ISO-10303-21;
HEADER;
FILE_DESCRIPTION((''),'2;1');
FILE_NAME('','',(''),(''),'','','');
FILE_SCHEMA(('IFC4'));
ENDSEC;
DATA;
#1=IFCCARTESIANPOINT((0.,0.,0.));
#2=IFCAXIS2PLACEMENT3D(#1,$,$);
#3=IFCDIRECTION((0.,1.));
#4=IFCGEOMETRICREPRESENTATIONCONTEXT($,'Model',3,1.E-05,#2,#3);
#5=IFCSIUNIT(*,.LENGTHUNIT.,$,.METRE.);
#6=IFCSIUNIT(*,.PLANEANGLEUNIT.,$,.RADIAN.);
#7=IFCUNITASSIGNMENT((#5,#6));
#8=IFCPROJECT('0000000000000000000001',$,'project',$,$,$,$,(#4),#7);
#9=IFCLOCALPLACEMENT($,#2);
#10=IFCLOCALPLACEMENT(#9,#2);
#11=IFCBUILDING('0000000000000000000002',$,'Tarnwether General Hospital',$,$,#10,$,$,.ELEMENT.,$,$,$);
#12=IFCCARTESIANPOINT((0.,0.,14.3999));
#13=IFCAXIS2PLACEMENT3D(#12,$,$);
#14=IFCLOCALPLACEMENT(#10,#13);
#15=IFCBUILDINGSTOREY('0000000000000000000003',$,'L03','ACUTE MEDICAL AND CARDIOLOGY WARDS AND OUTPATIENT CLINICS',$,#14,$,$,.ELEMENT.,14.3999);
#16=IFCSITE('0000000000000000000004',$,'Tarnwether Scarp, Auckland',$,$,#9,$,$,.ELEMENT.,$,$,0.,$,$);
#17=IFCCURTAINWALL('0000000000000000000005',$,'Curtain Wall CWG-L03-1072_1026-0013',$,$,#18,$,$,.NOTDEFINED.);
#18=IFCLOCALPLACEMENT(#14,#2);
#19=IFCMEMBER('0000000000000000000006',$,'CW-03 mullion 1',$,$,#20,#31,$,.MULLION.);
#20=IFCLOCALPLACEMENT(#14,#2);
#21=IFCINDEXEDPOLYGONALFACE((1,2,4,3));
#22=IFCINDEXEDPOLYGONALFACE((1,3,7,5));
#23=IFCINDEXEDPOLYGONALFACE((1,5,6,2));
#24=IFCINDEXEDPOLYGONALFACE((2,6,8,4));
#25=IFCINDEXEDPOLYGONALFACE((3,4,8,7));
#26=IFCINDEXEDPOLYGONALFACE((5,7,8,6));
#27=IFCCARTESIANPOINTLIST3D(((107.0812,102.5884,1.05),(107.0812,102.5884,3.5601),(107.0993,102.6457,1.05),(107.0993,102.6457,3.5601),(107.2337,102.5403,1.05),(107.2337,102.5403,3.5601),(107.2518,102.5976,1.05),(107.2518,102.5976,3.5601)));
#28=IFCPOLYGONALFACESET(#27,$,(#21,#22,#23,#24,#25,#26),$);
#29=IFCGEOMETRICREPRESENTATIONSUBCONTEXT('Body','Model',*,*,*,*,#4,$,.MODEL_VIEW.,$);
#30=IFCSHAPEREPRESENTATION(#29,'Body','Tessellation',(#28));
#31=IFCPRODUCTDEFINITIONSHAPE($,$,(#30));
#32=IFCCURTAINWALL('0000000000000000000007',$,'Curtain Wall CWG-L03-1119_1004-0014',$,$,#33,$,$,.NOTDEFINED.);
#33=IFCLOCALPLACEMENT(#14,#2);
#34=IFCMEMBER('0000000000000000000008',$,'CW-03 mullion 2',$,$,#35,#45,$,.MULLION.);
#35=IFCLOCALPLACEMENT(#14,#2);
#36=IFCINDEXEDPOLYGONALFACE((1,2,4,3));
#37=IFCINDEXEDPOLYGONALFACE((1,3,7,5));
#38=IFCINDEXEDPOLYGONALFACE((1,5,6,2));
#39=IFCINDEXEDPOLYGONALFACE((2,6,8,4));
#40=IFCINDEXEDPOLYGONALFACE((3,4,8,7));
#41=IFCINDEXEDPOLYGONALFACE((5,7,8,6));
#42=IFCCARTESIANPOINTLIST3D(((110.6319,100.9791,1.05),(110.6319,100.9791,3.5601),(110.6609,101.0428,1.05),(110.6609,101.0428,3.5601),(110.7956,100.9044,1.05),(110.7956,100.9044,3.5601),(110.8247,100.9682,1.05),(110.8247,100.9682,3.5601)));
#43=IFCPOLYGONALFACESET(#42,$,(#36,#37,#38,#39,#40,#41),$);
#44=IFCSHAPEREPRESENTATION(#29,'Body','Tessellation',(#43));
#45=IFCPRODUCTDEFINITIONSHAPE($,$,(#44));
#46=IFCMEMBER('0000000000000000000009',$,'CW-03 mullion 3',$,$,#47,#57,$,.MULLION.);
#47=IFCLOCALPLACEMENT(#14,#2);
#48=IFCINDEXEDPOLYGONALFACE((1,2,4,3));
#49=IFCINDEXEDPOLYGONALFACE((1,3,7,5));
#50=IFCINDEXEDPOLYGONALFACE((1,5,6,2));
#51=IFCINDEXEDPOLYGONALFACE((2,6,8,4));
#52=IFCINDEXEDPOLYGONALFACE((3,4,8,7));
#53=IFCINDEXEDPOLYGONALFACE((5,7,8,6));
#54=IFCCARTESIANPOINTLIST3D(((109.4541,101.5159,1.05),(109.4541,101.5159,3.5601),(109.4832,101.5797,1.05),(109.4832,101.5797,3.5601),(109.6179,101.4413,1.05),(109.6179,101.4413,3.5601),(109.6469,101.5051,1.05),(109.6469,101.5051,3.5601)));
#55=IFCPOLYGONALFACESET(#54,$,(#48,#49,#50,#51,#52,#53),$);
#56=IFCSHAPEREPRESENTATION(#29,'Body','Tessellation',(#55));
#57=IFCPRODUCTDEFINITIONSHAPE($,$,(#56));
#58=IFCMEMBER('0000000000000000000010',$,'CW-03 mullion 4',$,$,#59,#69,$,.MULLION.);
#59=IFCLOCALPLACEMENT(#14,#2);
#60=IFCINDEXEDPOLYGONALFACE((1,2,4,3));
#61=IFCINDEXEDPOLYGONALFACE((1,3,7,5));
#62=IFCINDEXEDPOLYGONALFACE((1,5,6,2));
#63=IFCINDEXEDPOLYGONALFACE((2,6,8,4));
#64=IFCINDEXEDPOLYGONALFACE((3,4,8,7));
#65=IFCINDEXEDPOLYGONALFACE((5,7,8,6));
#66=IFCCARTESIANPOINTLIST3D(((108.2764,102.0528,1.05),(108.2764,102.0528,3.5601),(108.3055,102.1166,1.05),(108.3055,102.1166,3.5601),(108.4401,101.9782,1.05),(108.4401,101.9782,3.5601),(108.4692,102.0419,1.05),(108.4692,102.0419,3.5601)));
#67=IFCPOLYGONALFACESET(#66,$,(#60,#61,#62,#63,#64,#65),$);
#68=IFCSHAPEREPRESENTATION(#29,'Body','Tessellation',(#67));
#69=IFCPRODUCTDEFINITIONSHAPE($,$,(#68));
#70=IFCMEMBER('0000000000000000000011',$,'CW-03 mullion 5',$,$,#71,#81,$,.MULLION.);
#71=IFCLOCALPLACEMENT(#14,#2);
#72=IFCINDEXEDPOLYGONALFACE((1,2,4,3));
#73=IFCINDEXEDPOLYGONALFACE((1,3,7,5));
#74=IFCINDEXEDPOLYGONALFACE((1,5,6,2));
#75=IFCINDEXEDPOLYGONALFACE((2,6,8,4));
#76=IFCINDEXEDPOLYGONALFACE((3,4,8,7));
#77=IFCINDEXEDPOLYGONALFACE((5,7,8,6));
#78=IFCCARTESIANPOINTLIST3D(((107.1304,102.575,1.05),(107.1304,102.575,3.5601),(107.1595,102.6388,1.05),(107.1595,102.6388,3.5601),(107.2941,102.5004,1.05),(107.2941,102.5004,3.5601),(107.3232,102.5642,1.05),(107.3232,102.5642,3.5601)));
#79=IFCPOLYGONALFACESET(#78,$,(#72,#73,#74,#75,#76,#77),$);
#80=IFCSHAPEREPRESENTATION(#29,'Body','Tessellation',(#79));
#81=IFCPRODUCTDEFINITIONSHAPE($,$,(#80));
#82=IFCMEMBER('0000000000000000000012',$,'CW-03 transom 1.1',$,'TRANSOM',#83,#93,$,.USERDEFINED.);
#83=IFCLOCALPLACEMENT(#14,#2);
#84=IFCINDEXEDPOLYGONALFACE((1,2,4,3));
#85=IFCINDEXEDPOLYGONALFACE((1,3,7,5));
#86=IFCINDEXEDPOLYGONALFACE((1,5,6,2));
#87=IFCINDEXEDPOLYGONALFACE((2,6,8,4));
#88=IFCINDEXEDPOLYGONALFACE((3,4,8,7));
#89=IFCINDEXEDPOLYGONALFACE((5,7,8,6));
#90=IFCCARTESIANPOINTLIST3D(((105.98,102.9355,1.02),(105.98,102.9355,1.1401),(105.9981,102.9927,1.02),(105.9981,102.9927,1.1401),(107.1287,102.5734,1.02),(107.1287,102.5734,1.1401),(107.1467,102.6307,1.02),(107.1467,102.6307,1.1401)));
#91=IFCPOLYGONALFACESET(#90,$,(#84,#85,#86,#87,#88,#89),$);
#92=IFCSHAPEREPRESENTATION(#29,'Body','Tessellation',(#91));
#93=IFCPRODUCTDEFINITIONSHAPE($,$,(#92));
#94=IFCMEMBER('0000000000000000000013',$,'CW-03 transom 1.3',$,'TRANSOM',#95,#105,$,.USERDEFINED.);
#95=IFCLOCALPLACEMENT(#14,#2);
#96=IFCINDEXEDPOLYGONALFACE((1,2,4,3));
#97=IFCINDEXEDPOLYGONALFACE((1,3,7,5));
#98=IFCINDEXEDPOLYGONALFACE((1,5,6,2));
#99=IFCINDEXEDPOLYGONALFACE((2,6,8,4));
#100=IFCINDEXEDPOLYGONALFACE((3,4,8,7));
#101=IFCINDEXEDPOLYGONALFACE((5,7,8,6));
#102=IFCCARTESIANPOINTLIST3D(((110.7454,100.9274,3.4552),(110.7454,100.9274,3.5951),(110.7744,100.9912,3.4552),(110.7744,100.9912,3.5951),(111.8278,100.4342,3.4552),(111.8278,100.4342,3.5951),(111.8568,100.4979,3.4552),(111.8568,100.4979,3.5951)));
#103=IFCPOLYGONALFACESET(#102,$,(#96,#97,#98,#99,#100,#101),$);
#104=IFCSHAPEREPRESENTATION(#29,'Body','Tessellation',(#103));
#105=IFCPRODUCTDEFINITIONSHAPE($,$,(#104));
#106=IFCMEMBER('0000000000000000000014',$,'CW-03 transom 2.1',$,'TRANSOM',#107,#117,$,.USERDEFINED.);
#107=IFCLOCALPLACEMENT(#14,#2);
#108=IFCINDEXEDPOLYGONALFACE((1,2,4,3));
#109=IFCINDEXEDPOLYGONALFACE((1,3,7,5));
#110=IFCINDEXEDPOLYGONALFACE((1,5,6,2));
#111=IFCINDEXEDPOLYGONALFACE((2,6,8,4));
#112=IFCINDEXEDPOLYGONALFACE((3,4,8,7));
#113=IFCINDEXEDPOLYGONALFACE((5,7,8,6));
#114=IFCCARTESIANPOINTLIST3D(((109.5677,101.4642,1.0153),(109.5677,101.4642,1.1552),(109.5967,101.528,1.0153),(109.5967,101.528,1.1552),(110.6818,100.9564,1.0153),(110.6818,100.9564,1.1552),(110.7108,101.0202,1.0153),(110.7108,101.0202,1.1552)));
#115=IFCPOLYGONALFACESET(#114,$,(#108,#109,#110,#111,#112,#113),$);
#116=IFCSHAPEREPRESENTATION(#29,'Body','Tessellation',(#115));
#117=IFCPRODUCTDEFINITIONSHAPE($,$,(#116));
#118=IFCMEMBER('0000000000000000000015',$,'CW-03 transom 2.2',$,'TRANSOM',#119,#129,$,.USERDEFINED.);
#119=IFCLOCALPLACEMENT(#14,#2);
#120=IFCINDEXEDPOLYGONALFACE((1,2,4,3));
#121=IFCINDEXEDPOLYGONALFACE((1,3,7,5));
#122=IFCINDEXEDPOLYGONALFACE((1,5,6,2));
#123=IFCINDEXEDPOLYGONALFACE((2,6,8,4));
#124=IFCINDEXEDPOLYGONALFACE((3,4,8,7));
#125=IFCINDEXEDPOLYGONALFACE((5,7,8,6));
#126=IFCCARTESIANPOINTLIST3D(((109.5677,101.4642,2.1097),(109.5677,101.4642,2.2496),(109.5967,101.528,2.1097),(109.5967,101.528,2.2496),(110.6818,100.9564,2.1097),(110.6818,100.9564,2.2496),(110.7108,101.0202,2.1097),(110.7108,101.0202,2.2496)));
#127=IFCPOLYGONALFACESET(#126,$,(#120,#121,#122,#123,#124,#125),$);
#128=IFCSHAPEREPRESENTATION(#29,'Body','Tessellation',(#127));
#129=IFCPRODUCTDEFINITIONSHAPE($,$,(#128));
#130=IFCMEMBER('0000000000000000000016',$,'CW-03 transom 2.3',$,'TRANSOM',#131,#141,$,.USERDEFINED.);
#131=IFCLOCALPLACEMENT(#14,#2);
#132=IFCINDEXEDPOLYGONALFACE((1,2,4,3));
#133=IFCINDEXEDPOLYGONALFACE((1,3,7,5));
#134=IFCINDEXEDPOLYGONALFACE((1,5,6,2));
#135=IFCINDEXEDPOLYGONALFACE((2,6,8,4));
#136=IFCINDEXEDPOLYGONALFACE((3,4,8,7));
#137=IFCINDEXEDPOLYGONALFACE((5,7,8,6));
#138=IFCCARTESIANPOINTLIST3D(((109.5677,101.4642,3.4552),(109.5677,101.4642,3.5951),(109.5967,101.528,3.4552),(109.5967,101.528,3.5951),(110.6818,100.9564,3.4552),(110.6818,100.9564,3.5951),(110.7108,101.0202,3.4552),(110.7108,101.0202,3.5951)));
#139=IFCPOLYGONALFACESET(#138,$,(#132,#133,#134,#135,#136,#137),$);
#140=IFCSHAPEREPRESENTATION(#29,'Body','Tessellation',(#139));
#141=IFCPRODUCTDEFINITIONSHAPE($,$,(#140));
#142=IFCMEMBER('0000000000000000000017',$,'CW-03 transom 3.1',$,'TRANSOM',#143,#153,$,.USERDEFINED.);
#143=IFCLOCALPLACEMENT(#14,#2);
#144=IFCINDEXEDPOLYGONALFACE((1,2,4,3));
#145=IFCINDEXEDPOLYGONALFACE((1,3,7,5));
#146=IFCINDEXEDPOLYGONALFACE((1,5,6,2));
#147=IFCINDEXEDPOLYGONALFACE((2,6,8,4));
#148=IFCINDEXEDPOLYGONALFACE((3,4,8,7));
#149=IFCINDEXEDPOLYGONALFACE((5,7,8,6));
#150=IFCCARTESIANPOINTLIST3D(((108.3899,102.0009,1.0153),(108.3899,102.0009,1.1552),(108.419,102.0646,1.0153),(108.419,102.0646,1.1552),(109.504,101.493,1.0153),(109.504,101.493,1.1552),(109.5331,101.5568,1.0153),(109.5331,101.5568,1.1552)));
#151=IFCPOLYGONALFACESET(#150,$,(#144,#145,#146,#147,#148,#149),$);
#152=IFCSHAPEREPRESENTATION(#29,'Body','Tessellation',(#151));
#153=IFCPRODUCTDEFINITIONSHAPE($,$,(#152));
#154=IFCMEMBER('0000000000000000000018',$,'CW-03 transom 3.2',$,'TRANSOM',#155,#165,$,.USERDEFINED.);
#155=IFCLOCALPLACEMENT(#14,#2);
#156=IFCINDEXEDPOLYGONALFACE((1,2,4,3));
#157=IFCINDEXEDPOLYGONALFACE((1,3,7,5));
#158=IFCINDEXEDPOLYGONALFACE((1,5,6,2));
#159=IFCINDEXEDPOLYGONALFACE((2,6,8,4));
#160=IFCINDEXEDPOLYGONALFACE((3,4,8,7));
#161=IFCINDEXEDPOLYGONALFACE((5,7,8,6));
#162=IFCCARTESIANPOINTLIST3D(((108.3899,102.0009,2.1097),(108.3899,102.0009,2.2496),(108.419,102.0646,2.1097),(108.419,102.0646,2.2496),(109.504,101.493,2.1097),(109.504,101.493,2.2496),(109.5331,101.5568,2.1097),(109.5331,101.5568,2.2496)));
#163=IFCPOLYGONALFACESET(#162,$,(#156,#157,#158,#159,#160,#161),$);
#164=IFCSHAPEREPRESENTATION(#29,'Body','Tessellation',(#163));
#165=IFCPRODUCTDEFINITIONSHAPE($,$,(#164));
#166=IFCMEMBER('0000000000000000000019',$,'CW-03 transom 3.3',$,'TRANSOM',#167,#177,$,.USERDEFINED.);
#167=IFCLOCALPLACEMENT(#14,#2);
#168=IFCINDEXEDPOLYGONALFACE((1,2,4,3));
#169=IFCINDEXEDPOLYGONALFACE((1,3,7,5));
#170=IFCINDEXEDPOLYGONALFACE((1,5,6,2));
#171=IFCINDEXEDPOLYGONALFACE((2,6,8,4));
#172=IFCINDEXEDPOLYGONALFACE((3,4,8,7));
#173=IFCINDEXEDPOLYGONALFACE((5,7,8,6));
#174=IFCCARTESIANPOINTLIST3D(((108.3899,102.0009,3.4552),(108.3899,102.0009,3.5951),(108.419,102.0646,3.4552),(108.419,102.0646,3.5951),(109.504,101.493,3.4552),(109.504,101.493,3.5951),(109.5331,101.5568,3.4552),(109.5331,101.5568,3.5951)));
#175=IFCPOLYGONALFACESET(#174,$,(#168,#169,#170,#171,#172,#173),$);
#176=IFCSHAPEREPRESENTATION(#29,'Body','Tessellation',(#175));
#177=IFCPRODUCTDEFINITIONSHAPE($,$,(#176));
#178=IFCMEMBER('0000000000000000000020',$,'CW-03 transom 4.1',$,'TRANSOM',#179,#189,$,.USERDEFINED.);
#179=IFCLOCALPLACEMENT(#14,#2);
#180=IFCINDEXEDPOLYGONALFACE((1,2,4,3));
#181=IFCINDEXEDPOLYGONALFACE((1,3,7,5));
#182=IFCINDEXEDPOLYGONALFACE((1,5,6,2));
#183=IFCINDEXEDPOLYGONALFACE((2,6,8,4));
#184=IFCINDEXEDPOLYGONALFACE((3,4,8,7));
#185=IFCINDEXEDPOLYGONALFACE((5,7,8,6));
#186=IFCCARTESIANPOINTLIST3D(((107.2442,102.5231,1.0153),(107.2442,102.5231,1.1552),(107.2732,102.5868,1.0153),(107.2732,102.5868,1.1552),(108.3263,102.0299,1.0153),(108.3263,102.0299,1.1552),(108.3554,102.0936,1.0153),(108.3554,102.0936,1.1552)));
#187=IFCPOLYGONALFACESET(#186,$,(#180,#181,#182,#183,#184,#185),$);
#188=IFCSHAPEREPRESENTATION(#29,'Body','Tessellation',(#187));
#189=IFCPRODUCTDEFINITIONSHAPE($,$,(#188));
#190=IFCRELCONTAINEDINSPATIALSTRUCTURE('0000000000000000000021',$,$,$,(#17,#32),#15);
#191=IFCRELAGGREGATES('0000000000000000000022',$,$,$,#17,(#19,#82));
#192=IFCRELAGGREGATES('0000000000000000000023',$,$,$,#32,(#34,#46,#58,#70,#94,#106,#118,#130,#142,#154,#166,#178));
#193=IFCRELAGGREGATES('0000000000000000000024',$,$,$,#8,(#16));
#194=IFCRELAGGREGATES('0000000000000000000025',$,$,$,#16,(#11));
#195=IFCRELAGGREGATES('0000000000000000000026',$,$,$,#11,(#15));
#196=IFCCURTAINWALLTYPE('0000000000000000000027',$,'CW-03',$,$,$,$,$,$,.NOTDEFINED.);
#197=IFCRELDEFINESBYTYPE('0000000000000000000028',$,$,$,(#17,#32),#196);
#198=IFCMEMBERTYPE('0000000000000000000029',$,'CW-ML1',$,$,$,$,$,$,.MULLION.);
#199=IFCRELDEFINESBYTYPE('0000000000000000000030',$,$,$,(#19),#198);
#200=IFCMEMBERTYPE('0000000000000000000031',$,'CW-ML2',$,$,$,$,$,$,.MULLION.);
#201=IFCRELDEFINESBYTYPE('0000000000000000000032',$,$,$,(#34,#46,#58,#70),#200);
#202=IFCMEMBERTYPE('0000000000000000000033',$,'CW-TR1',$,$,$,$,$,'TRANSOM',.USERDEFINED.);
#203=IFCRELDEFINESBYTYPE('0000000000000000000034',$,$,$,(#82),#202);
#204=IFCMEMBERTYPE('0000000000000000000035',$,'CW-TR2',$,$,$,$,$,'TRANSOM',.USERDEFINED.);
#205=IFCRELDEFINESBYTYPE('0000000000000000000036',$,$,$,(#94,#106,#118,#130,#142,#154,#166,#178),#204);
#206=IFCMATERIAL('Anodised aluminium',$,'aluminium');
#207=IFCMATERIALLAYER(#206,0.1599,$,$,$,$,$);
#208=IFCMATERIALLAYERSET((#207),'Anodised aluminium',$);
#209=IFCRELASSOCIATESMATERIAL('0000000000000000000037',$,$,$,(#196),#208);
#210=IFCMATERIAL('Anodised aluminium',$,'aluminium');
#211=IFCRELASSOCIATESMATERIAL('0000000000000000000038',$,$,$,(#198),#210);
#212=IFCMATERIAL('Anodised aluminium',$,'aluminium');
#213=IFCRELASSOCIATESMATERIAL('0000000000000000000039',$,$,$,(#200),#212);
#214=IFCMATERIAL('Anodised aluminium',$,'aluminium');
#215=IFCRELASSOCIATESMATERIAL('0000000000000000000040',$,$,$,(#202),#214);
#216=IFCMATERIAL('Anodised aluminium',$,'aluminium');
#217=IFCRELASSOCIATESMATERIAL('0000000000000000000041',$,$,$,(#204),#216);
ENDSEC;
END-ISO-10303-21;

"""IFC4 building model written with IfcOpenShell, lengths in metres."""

from ifc_helpers import new_model, si_unit, direction, frame, origin, origin_2d, place, context, subcontext, project, spatial, rectangle, extrude, material, layer, layer_set, material_profile, profile_set, type_object, element, aggregate, save


model = new_model("IFC4")

# Units and contexts
model_context = context("Model", 3, precision=1e-05, world=origin(), true_north=direction((0.0, 1.0)))
body_context = subcontext(model_context, "Body", "Model", "MODEL_VIEW")
ifc_project = project(units=[si_unit("LENGTHUNIT", "METRE"), si_unit("PLANEANGLEUNIT", "RADIAN")], contexts=[model_context])

# Site, building, storey
site_placement = place(None, origin())
site = spatial("IfcSite", under=ifc_project, at=site_placement, Name="Tarnwether Scarp, Auckland", CompositionType="ELEMENT", RefElevation=0.0)
building_placement = place(site_placement, origin())
building = spatial("IfcBuilding", under=site, at=building_placement, Name="Tarnwether General Hospital", CompositionType="ELEMENT")
storey_placement = place(building_placement, frame((0.0, 0.0, 14.3999)))
storey = spatial("IfcBuildingStorey", under=building, at=storey_placement, Name="L03", Description="ACUTE MEDICAL AND CARDIOLOGY WARDS AND OUTPATIENT CLINICS", CompositionType="ELEMENT", Elevation=14.3999)

# Curtain wall, member
ifc_material_1 = material(Name="Anodised aluminium", Category="aluminium")
ifc_layer_1 = layer(ifc_material_1, 0.1599)
ifc_layer_set_1 = layer_set([ifc_layer_1], Name="Anodised aluminium")
curtain_wall_type = type_object("IfcCurtainWallType", Name="CW-03", PredefinedType="NOTDEFINED", material=ifc_layer_set_1)
curtain_wall_1_placement = place(storey_placement, origin())
curtain_wall_1 = element("IfcCurtainWall", 1, at=curtain_wall_1_placement, inside=storey, type_object=curtain_wall_type, Name="Curtain Wall CWG-L03-1072_1026-0013", PredefinedType="NOTDEFINED")
ifc_material_2 = material(Name="Anodised aluminium", Category="aluminium")
ifc_material_profile_1 = material_profile(ifc_material_2, rectangle(XDim=0.0601, YDim=0.1599, at=origin_2d()), Name="ALU-MUL-60x160")
ifc_profile_set_1 = profile_set([ifc_material_profile_1], Name="Anodised aluminium")
member_type_1 = type_object("IfcMemberType", Name="CW-ML1", PredefinedType="MULLION", material=ifc_profile_set_1)
member_1_placement = place(storey_placement, frame((107.1665, 102.593, 1.05), z_axis=(0.0, 0.0, 1.0), x_axis=(-0.300715, -0.953714, 0.0)))
member_1 = element("IfcMember", 2, at=member_1_placement, type_object=member_type_1, Name="CW-03 mullion 1", PredefinedType="MULLION", context=body_context, shape_type="SweptSolid", body=[
    extrude(rectangle(XDim=0.0601, YDim=0.1599, at=origin_2d()), origin(), (0.0, 0.0, 1.0), 2.51),
])

# Curtain wall, members
curtain_wall_2_placement = place(storey_placement, origin())
curtain_wall_2 = element("IfcCurtainWall", 3, at=curtain_wall_2_placement, inside=storey, type_object=curtain_wall_type, Name="Curtain Wall CWG-L03-1119_1004-0014", PredefinedType="NOTDEFINED")
ifc_material_3 = material(Name="Anodised aluminium", Category="aluminium")
ifc_material_profile_2 = material_profile(ifc_material_3, rectangle(XDim=0.0701, YDim=0.1799, at=origin_2d()), Name="ALU-MUL-70x180")
ifc_profile_set_2 = profile_set([ifc_material_profile_2], Name="Anodised aluminium")
member_type_2 = type_object("IfcMemberType", Name="CW-ML2", PredefinedType="MULLION", material=ifc_profile_set_2)
member_2_placement = place(storey_placement, frame((110.7283, 100.9736, 1.05), z_axis=(0.0, 0.0, 1.0), x_axis=(-0.414705, -0.909956, 0.0)))
member_2 = element("IfcMember", 4, at=member_2_placement, type_object=member_type_2, Name="CW-03 mullion 2", PredefinedType="MULLION", context=body_context, shape_type="SweptSolid", body=[
    extrude(rectangle(XDim=0.0701, YDim=0.1799, at=origin_2d()), origin(), (0.0, 0.0, 1.0), 2.51),
])
member_3_placement = place(storey_placement, frame((109.5505, 101.5105, 1.05), z_axis=(0.0, 0.0, 1.0), x_axis=(-0.414705, -0.909956, 0.0)))
member_3 = element("IfcMember", 5, at=member_3_placement, type_object=member_type_2, Name="CW-03 mullion 3", PredefinedType="MULLION", context=body_context, shape_type="SweptSolid", body=[
    extrude(rectangle(XDim=0.0701, YDim=0.1799, at=origin_2d()), origin(), (0.0, 0.0, 1.0), 2.51),
])
member_4_placement = place(storey_placement, frame((108.3728, 102.0474, 1.05), z_axis=(0.0, 0.0, 1.0), x_axis=(-0.414705, -0.909956, 0.0)))
member_4 = element("IfcMember", 6, at=member_4_placement, type_object=member_type_2, Name="CW-03 mullion 4", PredefinedType="MULLION", context=body_context, shape_type="SweptSolid", body=[
    extrude(rectangle(XDim=0.0701, YDim=0.1799, at=origin_2d()), origin(), (0.0, 0.0, 1.0), 2.51),
])
member_5_placement = place(storey_placement, frame((107.2268, 102.5696, 1.05), z_axis=(0.0, 0.0, 1.0), x_axis=(-0.414705, -0.909956, 0.0)))
member_5 = element("IfcMember", 7, at=member_5_placement, type_object=member_type_2, Name="CW-03 mullion 5", PredefinedType="MULLION", context=body_context, shape_type="SweptSolid", body=[
    extrude(rectangle(XDim=0.0701, YDim=0.1799, at=origin_2d()), origin(), (0.0, 0.0, 1.0), 2.51),
])

# Members
ifc_material_4 = material(Name="Anodised aluminium", Category="aluminium")
ifc_material_profile_3 = material_profile(ifc_material_4, rectangle(XDim=0.0601, YDim=0.1201, at=origin_2d()), Name="ALU-TRN-60x120")
ifc_profile_set_3 = profile_set([ifc_material_profile_3], Name="Anodised aluminium")
member_type_3 = type_object("IfcMemberType", Name="CW-TR1", ElementType="TRANSOM", PredefinedType="USERDEFINED", material=ifc_profile_set_3)
member_6_placement = place(storey_placement, frame((107.1377, 102.6021, 1.0801), z_axis=(-0.953745, 0.300617, 0.0), x_axis=(-0.300617, -0.953745, 0.0)))
member_6 = element("IfcMember", 8, at=member_6_placement, type_object=member_type_3, Name="CW-03 transom 1.1", ObjectType="TRANSOM", PredefinedType="USERDEFINED", context=body_context, shape_type="SweptSolid", body=[
    extrude(rectangle(XDim=0.0601, YDim=0.1201, at=origin_2d()), origin(), (0.0, 0.0, 1.0), 1.2043),
])
aggregate(curtain_wall_1, [member_1, member_6])
ifc_material_5 = material(Name="Anodised aluminium", Category="aluminium")
ifc_material_profile_4 = material_profile(ifc_material_5, rectangle(XDim=0.0701, YDim=0.1399, at=origin_2d()), Name="ALU-TRN-70x140")
ifc_profile_set_4 = profile_set([ifc_material_profile_4], Name="Anodised aluminium")
member_type_4 = type_object("IfcMemberType", Name="CW-TR2", ElementType="TRANSOM", PredefinedType="USERDEFINED", material=ifc_profile_set_4)
member_7_placement = place(storey_placement, frame((111.8423, 100.4661, 3.5251), z_axis=(-0.909979, 0.414653, 0.0), x_axis=(-0.414653, -0.909979, 0.0)))
member_7 = element("IfcMember", 9, at=member_7_placement, type_object=member_type_4, Name="CW-03 transom 1.3", ObjectType="TRANSOM", PredefinedType="USERDEFINED", context=body_context, shape_type="SweptSolid", body=[
    extrude(rectangle(XDim=0.0701, YDim=0.1399, at=origin_2d()), origin(), (0.0, 0.0, 1.0), 1.1895),
])
member_8_placement = place(storey_placement, frame((110.6963, 100.9883, 1.0852), z_axis=(-0.909922, 0.414779, 0.0), x_axis=(-0.414779, -0.909922, 0.0)))
member_8 = element("IfcMember", 10, at=member_8_placement, type_object=member_type_4, Name="CW-03 transom 2.1", ObjectType="TRANSOM", PredefinedType="USERDEFINED", context=body_context, shape_type="SweptSolid", body=[
    extrude(rectangle(XDim=0.0701, YDim=0.1399, at=origin_2d()), origin(), (0.0, 0.0, 1.0), 1.2244),
])
member_9_placement = place(storey_placement, frame((110.6963, 100.9883, 2.1797), z_axis=(-0.909922, 0.414779, 0.0), x_axis=(-0.414779, -0.909922, 0.0)))
member_9 = element("IfcMember", 11, at=member_9_placement, type_object=member_type_4, Name="CW-03 transom 2.2", ObjectType="TRANSOM", PredefinedType="USERDEFINED", context=body_context, shape_type="SweptSolid", body=[
    extrude(rectangle(XDim=0.0701, YDim=0.1399, at=origin_2d()), origin(), (0.0, 0.0, 1.0), 1.2244),
])
member_10_placement = place(storey_placement, frame((110.6963, 100.9883, 3.5251), z_axis=(-0.909922, 0.414779, 0.0), x_axis=(-0.414779, -0.909922, 0.0)))
member_10 = element("IfcMember", 12, at=member_10_placement, type_object=member_type_4, Name="CW-03 transom 2.3", ObjectType="TRANSOM", PredefinedType="USERDEFINED", context=body_context, shape_type="SweptSolid", body=[
    extrude(rectangle(XDim=0.0701, YDim=0.1399, at=origin_2d()), origin(), (0.0, 0.0, 1.0), 1.2244),
])
member_11_placement = place(storey_placement, frame((109.5186, 101.5249, 1.0852), z_axis=(-0.909922, 0.414779, 0.0), x_axis=(-0.414779, -0.909922, 0.0)))
member_11 = element("IfcMember", 13, at=member_11_placement, type_object=member_type_4, Name="CW-03 transom 3.1", ObjectType="TRANSOM", PredefinedType="USERDEFINED", context=body_context, shape_type="SweptSolid", body=[
    extrude(rectangle(XDim=0.0701, YDim=0.1399, at=origin_2d()), origin(), (0.0, 0.0, 1.0), 1.2244),
])
member_12_placement = place(storey_placement, frame((109.5186, 101.5249, 2.1797), z_axis=(-0.909922, 0.414779, 0.0), x_axis=(-0.414779, -0.909922, 0.0)))
member_12 = element("IfcMember", 14, at=member_12_placement, type_object=member_type_4, Name="CW-03 transom 3.2", ObjectType="TRANSOM", PredefinedType="USERDEFINED", context=body_context, shape_type="SweptSolid", body=[
    extrude(rectangle(XDim=0.0701, YDim=0.1399, at=origin_2d()), origin(), (0.0, 0.0, 1.0), 1.2244),
])
member_13_placement = place(storey_placement, frame((109.5186, 101.5249, 3.5251), z_axis=(-0.909922, 0.414779, 0.0), x_axis=(-0.414779, -0.909922, 0.0)))
member_13 = element("IfcMember", 15, at=member_13_placement, type_object=member_type_4, Name="CW-03 transom 3.3", ObjectType="TRANSOM", PredefinedType="USERDEFINED", context=body_context, shape_type="SweptSolid", body=[
    extrude(rectangle(XDim=0.0701, YDim=0.1399, at=origin_2d()), origin(), (0.0, 0.0, 1.0), 1.2244),
])
member_14_placement = place(storey_placement, frame((108.3408, 102.0618, 1.0852), z_axis=(-0.909944, 0.414731, 0.0), x_axis=(-0.414731, -0.909944, 0.0)))
member_14 = element("IfcMember", 16, at=member_14_placement, type_object=member_type_4, Name="CW-03 transom 4.1", ObjectType="TRANSOM", PredefinedType="USERDEFINED", context=body_context, shape_type="SweptSolid", body=[
    extrude(rectangle(XDim=0.0701, YDim=0.1399, at=origin_2d()), origin(), (0.0, 0.0, 1.0), 1.1892),
])

aggregate(curtain_wall_2, [member_2, member_3, member_4, member_5, member_7, member_8, member_9, member_10, member_11, member_12, member_13, member_14])

save(model, "model.ifc")
